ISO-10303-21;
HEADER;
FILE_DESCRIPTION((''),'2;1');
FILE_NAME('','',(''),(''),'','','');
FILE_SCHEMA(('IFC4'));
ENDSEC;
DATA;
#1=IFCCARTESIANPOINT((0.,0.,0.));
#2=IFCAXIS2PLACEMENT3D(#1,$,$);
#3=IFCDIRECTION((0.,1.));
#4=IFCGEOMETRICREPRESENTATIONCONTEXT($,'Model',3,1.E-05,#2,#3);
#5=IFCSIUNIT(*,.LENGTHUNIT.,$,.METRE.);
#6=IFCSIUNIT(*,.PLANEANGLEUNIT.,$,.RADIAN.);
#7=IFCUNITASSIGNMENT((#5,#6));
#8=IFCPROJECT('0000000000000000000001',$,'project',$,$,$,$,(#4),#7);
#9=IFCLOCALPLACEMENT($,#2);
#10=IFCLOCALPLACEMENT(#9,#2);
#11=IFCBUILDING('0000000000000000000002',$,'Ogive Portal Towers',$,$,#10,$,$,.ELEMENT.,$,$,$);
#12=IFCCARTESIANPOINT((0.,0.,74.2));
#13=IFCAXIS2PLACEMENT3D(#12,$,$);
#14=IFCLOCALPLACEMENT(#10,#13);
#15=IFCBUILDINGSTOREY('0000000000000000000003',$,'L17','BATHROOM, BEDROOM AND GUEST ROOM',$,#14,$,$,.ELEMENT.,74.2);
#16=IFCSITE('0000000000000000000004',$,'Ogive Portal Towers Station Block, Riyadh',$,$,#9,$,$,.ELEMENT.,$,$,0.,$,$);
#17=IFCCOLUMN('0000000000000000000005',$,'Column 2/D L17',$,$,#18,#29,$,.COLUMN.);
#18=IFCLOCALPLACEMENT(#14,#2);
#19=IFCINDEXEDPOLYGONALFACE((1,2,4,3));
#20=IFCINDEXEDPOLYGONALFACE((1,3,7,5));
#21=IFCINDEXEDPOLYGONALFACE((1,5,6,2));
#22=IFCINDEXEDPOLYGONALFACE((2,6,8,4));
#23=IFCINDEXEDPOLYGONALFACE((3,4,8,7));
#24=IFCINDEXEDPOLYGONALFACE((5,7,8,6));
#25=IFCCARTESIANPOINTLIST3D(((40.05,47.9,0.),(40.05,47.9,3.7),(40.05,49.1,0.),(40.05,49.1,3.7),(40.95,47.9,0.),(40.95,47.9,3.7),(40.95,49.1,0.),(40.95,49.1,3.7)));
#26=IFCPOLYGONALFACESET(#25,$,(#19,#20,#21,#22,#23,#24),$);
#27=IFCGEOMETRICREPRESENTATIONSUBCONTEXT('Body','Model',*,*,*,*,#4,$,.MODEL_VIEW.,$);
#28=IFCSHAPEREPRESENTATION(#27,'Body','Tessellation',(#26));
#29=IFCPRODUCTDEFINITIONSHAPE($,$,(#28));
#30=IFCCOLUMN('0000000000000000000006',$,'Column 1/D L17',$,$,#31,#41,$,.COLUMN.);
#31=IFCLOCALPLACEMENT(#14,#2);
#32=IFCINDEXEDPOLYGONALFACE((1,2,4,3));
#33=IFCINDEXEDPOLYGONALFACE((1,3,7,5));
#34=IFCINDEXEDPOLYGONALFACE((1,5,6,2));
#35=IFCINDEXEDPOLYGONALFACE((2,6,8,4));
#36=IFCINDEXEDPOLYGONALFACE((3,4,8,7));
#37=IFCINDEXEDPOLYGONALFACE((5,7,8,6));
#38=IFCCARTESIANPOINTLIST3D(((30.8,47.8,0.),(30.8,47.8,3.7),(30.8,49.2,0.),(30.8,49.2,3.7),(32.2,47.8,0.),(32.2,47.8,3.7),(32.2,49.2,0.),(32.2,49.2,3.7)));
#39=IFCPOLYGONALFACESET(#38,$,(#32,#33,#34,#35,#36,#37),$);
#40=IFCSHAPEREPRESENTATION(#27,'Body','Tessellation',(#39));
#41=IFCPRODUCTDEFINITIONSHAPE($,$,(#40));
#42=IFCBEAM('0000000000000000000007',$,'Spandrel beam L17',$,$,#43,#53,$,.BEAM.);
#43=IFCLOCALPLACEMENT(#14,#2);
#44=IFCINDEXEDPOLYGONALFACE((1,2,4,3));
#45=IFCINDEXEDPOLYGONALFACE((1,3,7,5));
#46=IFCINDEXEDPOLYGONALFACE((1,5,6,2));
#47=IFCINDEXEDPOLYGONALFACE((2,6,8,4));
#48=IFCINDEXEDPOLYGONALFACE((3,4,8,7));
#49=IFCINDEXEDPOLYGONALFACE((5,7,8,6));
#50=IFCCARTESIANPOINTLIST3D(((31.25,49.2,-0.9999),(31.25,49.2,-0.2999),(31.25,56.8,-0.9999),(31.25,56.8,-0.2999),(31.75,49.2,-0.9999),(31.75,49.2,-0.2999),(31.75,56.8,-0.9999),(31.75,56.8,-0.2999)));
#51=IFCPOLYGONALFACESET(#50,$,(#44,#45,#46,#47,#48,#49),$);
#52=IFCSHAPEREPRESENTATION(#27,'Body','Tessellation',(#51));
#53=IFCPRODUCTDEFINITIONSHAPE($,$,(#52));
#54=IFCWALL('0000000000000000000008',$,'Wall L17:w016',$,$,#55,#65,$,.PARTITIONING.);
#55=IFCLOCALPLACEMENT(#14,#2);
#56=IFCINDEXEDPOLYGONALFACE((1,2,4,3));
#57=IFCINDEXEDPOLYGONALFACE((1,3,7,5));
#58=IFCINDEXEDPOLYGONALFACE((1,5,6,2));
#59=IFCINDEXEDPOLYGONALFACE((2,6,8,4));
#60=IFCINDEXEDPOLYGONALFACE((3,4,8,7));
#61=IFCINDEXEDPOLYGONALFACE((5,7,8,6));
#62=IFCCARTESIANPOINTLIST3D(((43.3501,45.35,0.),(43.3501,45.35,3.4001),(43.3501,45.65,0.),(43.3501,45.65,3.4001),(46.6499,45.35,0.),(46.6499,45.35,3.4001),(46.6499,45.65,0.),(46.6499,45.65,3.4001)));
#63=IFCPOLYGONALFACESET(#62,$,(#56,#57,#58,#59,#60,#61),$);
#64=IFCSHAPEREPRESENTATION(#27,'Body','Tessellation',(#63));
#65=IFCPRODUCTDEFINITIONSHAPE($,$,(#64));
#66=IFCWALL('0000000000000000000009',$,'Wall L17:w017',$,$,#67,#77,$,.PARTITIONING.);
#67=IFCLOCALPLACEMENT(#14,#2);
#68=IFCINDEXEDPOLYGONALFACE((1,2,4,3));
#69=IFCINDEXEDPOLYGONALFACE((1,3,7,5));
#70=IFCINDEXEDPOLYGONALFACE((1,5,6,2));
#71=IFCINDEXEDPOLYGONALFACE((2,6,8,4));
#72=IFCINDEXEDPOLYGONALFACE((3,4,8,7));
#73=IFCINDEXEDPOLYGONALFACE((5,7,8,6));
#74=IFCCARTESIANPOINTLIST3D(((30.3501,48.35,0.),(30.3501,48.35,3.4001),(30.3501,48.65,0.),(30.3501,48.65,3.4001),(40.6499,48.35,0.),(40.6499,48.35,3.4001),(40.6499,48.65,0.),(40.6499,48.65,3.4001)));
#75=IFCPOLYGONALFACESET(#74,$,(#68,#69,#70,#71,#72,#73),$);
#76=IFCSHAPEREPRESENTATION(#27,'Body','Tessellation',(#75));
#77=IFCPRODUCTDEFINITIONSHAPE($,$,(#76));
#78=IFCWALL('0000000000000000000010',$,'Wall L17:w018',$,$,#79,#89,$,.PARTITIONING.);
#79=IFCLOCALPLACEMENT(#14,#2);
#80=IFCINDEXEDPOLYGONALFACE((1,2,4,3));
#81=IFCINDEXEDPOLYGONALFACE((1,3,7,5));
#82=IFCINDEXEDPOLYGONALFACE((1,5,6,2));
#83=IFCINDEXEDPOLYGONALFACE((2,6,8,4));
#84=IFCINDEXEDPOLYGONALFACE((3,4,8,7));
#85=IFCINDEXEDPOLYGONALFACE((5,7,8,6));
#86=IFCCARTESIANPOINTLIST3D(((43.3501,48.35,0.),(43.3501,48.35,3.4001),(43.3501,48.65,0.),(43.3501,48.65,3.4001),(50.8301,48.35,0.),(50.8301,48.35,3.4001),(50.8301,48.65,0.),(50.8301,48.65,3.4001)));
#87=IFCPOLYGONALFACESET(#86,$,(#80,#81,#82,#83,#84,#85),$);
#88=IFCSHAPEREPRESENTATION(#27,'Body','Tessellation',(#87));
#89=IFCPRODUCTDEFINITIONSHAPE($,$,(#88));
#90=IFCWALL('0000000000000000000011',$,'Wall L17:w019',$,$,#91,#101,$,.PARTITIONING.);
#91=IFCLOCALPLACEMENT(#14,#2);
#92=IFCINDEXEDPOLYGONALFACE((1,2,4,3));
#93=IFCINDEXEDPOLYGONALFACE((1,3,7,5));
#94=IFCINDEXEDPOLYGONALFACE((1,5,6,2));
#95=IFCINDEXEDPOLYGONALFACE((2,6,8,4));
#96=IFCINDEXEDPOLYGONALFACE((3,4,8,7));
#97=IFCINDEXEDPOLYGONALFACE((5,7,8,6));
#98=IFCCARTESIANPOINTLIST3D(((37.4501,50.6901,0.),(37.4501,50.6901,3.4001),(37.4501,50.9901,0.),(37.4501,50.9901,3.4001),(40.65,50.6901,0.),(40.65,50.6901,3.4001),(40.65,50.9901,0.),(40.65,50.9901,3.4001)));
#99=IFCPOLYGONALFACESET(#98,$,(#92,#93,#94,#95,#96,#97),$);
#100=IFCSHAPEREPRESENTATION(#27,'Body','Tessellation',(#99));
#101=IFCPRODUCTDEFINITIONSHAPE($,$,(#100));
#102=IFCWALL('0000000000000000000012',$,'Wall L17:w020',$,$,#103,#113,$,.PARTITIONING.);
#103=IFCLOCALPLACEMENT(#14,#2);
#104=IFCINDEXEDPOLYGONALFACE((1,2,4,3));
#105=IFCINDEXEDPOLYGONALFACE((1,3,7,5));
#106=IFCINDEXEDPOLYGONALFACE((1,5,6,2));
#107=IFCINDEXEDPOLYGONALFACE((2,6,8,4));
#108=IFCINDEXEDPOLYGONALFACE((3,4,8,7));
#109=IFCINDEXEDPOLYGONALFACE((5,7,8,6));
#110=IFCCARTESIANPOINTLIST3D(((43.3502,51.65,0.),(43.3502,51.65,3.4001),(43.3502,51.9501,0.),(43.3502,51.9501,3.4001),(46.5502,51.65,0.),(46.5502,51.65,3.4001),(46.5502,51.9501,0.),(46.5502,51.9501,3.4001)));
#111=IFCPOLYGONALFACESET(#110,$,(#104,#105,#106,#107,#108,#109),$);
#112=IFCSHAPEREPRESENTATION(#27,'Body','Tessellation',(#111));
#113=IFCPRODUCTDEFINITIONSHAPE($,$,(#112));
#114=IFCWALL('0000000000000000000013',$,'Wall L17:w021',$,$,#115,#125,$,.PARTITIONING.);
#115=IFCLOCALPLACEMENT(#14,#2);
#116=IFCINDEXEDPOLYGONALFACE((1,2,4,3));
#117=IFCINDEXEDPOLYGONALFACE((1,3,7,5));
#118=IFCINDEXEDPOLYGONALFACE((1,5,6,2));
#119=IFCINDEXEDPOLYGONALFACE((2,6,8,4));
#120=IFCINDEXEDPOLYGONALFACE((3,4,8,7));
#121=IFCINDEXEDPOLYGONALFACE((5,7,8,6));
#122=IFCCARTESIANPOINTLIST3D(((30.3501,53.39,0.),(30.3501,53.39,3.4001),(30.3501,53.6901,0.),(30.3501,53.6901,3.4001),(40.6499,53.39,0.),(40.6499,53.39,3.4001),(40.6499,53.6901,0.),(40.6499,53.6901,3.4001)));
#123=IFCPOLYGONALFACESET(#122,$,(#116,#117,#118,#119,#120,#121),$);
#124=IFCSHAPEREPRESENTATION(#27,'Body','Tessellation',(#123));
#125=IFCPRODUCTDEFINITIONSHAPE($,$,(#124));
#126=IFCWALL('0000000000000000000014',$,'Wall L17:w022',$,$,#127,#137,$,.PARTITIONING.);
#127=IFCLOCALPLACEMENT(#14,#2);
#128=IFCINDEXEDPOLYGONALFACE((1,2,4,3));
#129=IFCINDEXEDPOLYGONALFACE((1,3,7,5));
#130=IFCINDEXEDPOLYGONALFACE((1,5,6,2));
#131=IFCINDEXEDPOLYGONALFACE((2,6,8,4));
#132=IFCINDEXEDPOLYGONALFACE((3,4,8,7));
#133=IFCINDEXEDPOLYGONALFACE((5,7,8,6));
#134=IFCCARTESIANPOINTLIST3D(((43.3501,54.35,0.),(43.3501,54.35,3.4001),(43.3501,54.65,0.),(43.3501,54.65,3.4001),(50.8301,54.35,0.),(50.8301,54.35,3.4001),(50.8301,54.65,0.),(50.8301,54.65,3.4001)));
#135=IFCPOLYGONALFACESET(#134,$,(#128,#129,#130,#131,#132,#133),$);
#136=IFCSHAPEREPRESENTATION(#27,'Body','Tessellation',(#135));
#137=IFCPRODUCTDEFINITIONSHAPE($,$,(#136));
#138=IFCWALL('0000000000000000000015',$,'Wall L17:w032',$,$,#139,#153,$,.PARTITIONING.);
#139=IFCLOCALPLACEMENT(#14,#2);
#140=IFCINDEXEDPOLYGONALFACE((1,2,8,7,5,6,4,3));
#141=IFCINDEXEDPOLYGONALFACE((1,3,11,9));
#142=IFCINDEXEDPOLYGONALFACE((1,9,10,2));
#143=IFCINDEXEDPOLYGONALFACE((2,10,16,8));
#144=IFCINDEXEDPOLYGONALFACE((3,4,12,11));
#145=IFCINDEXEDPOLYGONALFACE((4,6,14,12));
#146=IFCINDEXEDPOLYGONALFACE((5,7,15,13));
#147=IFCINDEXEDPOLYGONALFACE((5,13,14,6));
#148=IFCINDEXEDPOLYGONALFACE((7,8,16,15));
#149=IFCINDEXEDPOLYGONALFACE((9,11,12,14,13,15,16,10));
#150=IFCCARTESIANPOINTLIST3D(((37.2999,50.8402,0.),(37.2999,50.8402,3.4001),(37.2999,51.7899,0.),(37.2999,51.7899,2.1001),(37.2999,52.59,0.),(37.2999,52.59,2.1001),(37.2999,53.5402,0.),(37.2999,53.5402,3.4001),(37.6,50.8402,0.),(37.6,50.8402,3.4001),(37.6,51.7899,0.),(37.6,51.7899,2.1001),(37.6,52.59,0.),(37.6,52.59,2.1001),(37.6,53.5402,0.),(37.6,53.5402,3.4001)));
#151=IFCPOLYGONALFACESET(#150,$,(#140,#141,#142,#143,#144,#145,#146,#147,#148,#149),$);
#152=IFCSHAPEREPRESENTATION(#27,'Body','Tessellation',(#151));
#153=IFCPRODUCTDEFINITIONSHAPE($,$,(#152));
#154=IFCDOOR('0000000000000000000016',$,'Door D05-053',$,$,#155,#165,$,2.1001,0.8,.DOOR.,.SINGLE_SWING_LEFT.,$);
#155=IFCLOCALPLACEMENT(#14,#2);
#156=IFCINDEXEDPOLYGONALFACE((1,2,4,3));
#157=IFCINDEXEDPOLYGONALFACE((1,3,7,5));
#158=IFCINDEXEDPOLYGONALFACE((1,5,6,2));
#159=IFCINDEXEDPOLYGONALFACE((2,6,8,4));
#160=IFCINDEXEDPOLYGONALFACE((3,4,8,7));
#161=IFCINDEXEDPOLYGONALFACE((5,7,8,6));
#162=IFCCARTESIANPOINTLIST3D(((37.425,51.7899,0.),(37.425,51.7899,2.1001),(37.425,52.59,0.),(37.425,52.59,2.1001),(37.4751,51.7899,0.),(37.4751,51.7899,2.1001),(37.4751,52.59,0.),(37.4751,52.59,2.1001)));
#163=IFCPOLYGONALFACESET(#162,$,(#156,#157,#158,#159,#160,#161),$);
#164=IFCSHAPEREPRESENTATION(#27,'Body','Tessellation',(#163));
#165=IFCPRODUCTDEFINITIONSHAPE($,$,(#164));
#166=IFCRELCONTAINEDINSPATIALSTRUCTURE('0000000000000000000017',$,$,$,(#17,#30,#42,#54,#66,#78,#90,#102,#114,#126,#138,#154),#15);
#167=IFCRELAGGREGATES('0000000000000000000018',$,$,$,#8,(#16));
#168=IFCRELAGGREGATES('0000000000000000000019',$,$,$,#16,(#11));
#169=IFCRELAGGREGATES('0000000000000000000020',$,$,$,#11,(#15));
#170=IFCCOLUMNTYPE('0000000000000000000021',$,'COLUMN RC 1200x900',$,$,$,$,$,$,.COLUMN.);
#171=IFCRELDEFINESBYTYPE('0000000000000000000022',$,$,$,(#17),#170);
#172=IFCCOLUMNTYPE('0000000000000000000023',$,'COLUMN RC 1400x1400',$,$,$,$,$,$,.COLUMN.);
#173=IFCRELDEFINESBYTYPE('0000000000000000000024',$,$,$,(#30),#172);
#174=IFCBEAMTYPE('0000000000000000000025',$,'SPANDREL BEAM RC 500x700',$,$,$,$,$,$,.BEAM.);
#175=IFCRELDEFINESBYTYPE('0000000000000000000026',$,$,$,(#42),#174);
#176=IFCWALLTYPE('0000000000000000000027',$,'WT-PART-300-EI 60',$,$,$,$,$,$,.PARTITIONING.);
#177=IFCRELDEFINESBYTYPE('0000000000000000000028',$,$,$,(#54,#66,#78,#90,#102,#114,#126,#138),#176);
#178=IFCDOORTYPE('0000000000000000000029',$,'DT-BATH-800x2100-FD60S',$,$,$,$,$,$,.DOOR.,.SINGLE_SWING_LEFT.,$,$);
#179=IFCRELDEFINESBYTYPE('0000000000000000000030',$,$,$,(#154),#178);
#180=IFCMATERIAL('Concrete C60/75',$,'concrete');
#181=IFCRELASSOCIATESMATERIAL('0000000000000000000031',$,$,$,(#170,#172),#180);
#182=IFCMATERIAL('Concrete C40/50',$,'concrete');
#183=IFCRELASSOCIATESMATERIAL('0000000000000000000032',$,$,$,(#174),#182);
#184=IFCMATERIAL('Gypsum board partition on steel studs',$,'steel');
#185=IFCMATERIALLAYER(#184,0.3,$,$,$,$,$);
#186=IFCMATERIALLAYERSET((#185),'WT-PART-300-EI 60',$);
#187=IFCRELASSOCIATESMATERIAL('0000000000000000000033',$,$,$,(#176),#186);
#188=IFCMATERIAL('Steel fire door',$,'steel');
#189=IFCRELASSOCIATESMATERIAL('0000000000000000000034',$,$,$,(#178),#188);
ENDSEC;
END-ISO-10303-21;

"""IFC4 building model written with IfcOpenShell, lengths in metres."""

from ifc_helpers import new_model, si_unit, direction, frame, frame_2d, origin, origin_2d, place, context, subcontext, project, spatial, rectangle, extrude, material, layer, layer_set, material_profile, profile_set, type_object, element, fill, save


model = new_model("IFC4")

# Units and contexts
model_context = context("Model", 3, precision=1e-05, world=origin(), true_north=direction((0.0, 1.0)))
body_context = subcontext(model_context, "Body", "Model", "MODEL_VIEW")
ifc_project = project(units=[si_unit("LENGTHUNIT", "METRE"), si_unit("PLANEANGLEUNIT", "RADIAN")], contexts=[model_context])

# Site, building, storey
site_placement = place(None, origin())
site = spatial("IfcSite", under=ifc_project, at=site_placement, Name="Ogive Portal Towers Station Block, Riyadh", CompositionType="ELEMENT", RefElevation=0.0)
building_placement = place(site_placement, origin())
building = spatial("IfcBuilding", under=site, at=building_placement, Name="Ogive Portal Towers", CompositionType="ELEMENT")
storey_placement = place(building_placement, frame((0.0, 0.0, 74.2)))
storey = spatial("IfcBuildingStorey", under=building, at=storey_placement, Name="L17", Description="BATHROOM, BEDROOM AND GUEST ROOM", CompositionType="ELEMENT", Elevation=74.2)

# Columns
ifc_material_1 = material(Name="Concrete C60/75", Category="concrete")
ifc_material_profile_1 = material_profile(ifc_material_1, rectangle(XDim=1.2, YDim=0.8999, at=origin_2d()), Name="RC 1200x900")
ifc_profile_set_1 = profile_set([ifc_material_profile_1], Name="Concrete C60/75")
column_type_1 = type_object("IfcColumnType", Name="COLUMN RC 1200x900", PredefinedType="COLUMN", material=ifc_profile_set_1)
column_1_placement = place(storey_placement, frame((40.5, 48.5, 0.0), z_axis=(0.0, 0.0, 1.0), x_axis=(0.0, 1.0, 0.0)))
element("IfcColumn", 1, at=column_1_placement, inside=storey, type_object=column_type_1, Name="Column 2/D L17", PredefinedType="COLUMN", context=body_context, shape_type="SweptSolid", body=[
    extrude(rectangle(XDim=1.2, YDim=0.8999, at=origin_2d()), origin(), (0.0, 0.0, 1.0), 3.7),
])
ifc_material_profile_2 = material_profile(ifc_material_1, rectangle(XDim=1.3999, YDim=1.3999, at=origin_2d()), Name="RC 1400x1400")
ifc_profile_set_2 = profile_set([ifc_material_profile_2], Name="Concrete C60/75")
column_type_2 = type_object("IfcColumnType", Name="COLUMN RC 1400x1400", PredefinedType="COLUMN", material=ifc_profile_set_2)
column_2_placement = place(storey_placement, frame((31.5, 48.5, 0.0), z_axis=(0.0, 0.0, 1.0), x_axis=(1.0, 0.0, 0.0)))
element("IfcColumn", 2, at=column_2_placement, inside=storey, type_object=column_type_2, Name="Column 1/D L17", PredefinedType="COLUMN", context=body_context, shape_type="SweptSolid", body=[
    extrude(rectangle(XDim=1.3999, YDim=1.3999, at=origin_2d()), origin(), (0.0, 0.0, 1.0), 3.7),
])

# Beam
ifc_material_2 = material(Name="Concrete C40/50", Category="concrete")
ifc_material_profile_3 = material_profile(ifc_material_2, rectangle(XDim=0.5, YDim=0.7, at=origin_2d()), Name="RC 500x700")
ifc_profile_set_3 = profile_set([ifc_material_profile_3], Name="Concrete C40/50")
beam_type = type_object("IfcBeamType", Name="SPANDREL BEAM RC 500x700", PredefinedType="BEAM", material=ifc_profile_set_3)
beam_placement = place(storey_placement, frame((31.5, 49.2, -0.6499), z_axis=(0.0, 1.0, 0.0), x_axis=(-1.0, 0.0, 0.0)))
element("IfcBeam", 3, at=beam_placement, inside=storey, type_object=beam_type, Name="Spandrel beam L17", PredefinedType="BEAM", context=body_context, shape_type="SweptSolid", body=[
    extrude(rectangle(XDim=0.5, YDim=0.7, at=origin_2d()), origin(), (0.0, 0.0, 1.0), 7.6001),
])

# Walls
ifc_material_3 = material(Name="Gypsum board partition on steel studs", Category="steel")
ifc_layer_1 = layer(ifc_material_3, 0.3)
ifc_layer_set_1 = layer_set([ifc_layer_1], Name="WT-PART-300-EI 60")
wall_type = type_object("IfcWallType", Name="WT-PART-300-EI 60", PredefinedType="PARTITIONING", material=ifc_layer_set_1)
wall_1_placement = place(storey_placement, frame((43.3501, 45.5, 0.0), z_axis=(0.0, 0.0, 1.0), x_axis=(1.0, 0.0, 0.0)))
element("IfcWall", 4, at=wall_1_placement, inside=storey, type_object=wall_type, Name="Wall L17:w016", PredefinedType="PARTITIONING", context=body_context, shape_type="SweptSolid", body=[
    extrude(rectangle(XDim=3.2998, YDim=0.3, at=frame_2d((1.6499, 0.0))), origin(), (0.0, 0.0, 1.0), 3.4001),
])
wall_2_placement = place(storey_placement, frame((30.3501, 48.5, 0.0), z_axis=(0.0, 0.0, 1.0), x_axis=(1.0, 0.0, 0.0)))
element("IfcWall", 5, at=wall_2_placement, inside=storey, type_object=wall_type, Name="Wall L17:w017", PredefinedType="PARTITIONING", context=body_context, shape_type="SweptSolid", body=[
    extrude(rectangle(XDim=10.2998, YDim=0.3, at=frame_2d((5.1499, 0.0))), origin(), (0.0, 0.0, 1.0), 3.4001),
])
wall_3_placement = place(storey_placement, frame((43.3501, 48.5, 0.0), z_axis=(0.0, 0.0, 1.0), x_axis=(1.0, 0.0, 0.0)))
element("IfcWall", 6, at=wall_3_placement, inside=storey, type_object=wall_type, Name="Wall L17:w018", PredefinedType="PARTITIONING", context=body_context, shape_type="SweptSolid", body=[
    extrude(rectangle(XDim=7.48, YDim=0.3, at=frame_2d((3.74, 0.0))), origin(), (0.0, 0.0, 1.0), 3.4001),
])
for number, where, z_axis, x_axis, name in (
    (7, (37.45, 50.8401, 0.0), (0.0, 0.0, 1.0), (1.0, 0.0, 0.0), "Wall L17:w019"),
    (8, (43.3501, 51.8, 0.0), (0.0, 0.0, 1.0), (1.0, 0.0, 0.0), "Wall L17:w020"),
):
    element("IfcWall", number, at=place(storey_placement, frame(where, z_axis=z_axis, x_axis=x_axis)), inside=storey, type_object=wall_type, Name=name, PredefinedType="PARTITIONING", context=body_context, shape_type="SweptSolid", body=[
        extrude(rectangle(XDim=3.2, YDim=0.3, at=frame_2d((1.6001, 0.0))), origin(), (0.0, 0.0, 1.0), 3.4001),
    ])
wall_4_placement = place(storey_placement, frame((30.3501, 53.54, 0.0), z_axis=(0.0, 0.0, 1.0), x_axis=(1.0, 0.0, 0.0)))
element("IfcWall", 9, at=wall_4_placement, inside=storey, type_object=wall_type, Name="Wall L17:w021", PredefinedType="PARTITIONING", context=body_context, shape_type="SweptSolid", body=[
    extrude(rectangle(XDim=10.2998, YDim=0.3, at=frame_2d((5.1499, 0.0))), origin(), (0.0, 0.0, 1.0), 3.4001),
])
wall_5_placement = place(storey_placement, frame((43.3501, 54.5, 0.0), z_axis=(0.0, 0.0, 1.0), x_axis=(1.0, 0.0, 0.0)))
element("IfcWall", 10, at=wall_5_placement, inside=storey, type_object=wall_type, Name="Wall L17:w022", PredefinedType="PARTITIONING", context=body_context, shape_type="SweptSolid", body=[
    extrude(rectangle(XDim=7.48, YDim=0.3, at=frame_2d((3.74, 0.0))), origin(), (0.0, 0.0, 1.0), 3.4001),
])

# Wall, opening, door
wall_6_placement = place(storey_placement, frame((37.45, 50.8401, 0.0), z_axis=(0.0, 0.0, 1.0), x_axis=(0.0, 1.0, 0.0)))
wall_6 = element("IfcWall", 11, at=wall_6_placement, inside=storey, type_object=wall_type, Name="Wall L17:w032", PredefinedType="PARTITIONING", context=body_context, shape_type="SweptSolid", body=[
    extrude(rectangle(XDim=2.7, YDim=0.3, at=frame_2d((1.3501, 0.0))), origin(), (0.0, 0.0, 1.0), 3.4001),
])
opening_1_placement = place(wall_6_placement, frame((0.95, 0.0, 0.0)))
opening_1 = element("IfcOpeningElement", 12, at=opening_1_placement, cuts=wall_6, PredefinedType="OPENING", context=body_context, shape_type="SweptSolid", body=[
    extrude(rectangle(XDim=0.8, YDim=2.1001, at=frame_2d((0.3999, 1.05))), frame((0.0, 0.1602, 0.0), z_axis=(0.0, -1.0, 0.0), x_axis=(1.0, 0.0, 0.0)), (0.0, 0.0, 1.0), 0.3201),
])
ifc_material_4 = material(Name="Steel fire door", Category="steel")
door_type = type_object("IfcDoorType", Name="DT-BATH-800x2100-FD60S", OperationType="SINGLE_SWING_LEFT", PredefinedType="DOOR", material=ifc_material_4)
door_1_placement = place(opening_1_placement, origin())
door_1 = element("IfcDoor", 13, at=door_1_placement, inside=storey, type_object=door_type, Name="Door D05-053", OperationType="SINGLE_SWING_LEFT", OverallHeight=2.1001, OverallWidth=0.8, PredefinedType="DOOR", context=body_context, shape_type="SweptSolid", body=[
    extrude(rectangle(XDim=0.8, YDim=2.1001, at=frame_2d((0.3999, 1.05))), frame((0.0, 0.0249, 0.0), z_axis=(0.0, -1.0, 0.0), x_axis=(1.0, 0.0, 0.0)), (0.0, 0.0, 1.0), 0.05),
])
fill(opening_1, door_1)

save(model, "model.ifc")
